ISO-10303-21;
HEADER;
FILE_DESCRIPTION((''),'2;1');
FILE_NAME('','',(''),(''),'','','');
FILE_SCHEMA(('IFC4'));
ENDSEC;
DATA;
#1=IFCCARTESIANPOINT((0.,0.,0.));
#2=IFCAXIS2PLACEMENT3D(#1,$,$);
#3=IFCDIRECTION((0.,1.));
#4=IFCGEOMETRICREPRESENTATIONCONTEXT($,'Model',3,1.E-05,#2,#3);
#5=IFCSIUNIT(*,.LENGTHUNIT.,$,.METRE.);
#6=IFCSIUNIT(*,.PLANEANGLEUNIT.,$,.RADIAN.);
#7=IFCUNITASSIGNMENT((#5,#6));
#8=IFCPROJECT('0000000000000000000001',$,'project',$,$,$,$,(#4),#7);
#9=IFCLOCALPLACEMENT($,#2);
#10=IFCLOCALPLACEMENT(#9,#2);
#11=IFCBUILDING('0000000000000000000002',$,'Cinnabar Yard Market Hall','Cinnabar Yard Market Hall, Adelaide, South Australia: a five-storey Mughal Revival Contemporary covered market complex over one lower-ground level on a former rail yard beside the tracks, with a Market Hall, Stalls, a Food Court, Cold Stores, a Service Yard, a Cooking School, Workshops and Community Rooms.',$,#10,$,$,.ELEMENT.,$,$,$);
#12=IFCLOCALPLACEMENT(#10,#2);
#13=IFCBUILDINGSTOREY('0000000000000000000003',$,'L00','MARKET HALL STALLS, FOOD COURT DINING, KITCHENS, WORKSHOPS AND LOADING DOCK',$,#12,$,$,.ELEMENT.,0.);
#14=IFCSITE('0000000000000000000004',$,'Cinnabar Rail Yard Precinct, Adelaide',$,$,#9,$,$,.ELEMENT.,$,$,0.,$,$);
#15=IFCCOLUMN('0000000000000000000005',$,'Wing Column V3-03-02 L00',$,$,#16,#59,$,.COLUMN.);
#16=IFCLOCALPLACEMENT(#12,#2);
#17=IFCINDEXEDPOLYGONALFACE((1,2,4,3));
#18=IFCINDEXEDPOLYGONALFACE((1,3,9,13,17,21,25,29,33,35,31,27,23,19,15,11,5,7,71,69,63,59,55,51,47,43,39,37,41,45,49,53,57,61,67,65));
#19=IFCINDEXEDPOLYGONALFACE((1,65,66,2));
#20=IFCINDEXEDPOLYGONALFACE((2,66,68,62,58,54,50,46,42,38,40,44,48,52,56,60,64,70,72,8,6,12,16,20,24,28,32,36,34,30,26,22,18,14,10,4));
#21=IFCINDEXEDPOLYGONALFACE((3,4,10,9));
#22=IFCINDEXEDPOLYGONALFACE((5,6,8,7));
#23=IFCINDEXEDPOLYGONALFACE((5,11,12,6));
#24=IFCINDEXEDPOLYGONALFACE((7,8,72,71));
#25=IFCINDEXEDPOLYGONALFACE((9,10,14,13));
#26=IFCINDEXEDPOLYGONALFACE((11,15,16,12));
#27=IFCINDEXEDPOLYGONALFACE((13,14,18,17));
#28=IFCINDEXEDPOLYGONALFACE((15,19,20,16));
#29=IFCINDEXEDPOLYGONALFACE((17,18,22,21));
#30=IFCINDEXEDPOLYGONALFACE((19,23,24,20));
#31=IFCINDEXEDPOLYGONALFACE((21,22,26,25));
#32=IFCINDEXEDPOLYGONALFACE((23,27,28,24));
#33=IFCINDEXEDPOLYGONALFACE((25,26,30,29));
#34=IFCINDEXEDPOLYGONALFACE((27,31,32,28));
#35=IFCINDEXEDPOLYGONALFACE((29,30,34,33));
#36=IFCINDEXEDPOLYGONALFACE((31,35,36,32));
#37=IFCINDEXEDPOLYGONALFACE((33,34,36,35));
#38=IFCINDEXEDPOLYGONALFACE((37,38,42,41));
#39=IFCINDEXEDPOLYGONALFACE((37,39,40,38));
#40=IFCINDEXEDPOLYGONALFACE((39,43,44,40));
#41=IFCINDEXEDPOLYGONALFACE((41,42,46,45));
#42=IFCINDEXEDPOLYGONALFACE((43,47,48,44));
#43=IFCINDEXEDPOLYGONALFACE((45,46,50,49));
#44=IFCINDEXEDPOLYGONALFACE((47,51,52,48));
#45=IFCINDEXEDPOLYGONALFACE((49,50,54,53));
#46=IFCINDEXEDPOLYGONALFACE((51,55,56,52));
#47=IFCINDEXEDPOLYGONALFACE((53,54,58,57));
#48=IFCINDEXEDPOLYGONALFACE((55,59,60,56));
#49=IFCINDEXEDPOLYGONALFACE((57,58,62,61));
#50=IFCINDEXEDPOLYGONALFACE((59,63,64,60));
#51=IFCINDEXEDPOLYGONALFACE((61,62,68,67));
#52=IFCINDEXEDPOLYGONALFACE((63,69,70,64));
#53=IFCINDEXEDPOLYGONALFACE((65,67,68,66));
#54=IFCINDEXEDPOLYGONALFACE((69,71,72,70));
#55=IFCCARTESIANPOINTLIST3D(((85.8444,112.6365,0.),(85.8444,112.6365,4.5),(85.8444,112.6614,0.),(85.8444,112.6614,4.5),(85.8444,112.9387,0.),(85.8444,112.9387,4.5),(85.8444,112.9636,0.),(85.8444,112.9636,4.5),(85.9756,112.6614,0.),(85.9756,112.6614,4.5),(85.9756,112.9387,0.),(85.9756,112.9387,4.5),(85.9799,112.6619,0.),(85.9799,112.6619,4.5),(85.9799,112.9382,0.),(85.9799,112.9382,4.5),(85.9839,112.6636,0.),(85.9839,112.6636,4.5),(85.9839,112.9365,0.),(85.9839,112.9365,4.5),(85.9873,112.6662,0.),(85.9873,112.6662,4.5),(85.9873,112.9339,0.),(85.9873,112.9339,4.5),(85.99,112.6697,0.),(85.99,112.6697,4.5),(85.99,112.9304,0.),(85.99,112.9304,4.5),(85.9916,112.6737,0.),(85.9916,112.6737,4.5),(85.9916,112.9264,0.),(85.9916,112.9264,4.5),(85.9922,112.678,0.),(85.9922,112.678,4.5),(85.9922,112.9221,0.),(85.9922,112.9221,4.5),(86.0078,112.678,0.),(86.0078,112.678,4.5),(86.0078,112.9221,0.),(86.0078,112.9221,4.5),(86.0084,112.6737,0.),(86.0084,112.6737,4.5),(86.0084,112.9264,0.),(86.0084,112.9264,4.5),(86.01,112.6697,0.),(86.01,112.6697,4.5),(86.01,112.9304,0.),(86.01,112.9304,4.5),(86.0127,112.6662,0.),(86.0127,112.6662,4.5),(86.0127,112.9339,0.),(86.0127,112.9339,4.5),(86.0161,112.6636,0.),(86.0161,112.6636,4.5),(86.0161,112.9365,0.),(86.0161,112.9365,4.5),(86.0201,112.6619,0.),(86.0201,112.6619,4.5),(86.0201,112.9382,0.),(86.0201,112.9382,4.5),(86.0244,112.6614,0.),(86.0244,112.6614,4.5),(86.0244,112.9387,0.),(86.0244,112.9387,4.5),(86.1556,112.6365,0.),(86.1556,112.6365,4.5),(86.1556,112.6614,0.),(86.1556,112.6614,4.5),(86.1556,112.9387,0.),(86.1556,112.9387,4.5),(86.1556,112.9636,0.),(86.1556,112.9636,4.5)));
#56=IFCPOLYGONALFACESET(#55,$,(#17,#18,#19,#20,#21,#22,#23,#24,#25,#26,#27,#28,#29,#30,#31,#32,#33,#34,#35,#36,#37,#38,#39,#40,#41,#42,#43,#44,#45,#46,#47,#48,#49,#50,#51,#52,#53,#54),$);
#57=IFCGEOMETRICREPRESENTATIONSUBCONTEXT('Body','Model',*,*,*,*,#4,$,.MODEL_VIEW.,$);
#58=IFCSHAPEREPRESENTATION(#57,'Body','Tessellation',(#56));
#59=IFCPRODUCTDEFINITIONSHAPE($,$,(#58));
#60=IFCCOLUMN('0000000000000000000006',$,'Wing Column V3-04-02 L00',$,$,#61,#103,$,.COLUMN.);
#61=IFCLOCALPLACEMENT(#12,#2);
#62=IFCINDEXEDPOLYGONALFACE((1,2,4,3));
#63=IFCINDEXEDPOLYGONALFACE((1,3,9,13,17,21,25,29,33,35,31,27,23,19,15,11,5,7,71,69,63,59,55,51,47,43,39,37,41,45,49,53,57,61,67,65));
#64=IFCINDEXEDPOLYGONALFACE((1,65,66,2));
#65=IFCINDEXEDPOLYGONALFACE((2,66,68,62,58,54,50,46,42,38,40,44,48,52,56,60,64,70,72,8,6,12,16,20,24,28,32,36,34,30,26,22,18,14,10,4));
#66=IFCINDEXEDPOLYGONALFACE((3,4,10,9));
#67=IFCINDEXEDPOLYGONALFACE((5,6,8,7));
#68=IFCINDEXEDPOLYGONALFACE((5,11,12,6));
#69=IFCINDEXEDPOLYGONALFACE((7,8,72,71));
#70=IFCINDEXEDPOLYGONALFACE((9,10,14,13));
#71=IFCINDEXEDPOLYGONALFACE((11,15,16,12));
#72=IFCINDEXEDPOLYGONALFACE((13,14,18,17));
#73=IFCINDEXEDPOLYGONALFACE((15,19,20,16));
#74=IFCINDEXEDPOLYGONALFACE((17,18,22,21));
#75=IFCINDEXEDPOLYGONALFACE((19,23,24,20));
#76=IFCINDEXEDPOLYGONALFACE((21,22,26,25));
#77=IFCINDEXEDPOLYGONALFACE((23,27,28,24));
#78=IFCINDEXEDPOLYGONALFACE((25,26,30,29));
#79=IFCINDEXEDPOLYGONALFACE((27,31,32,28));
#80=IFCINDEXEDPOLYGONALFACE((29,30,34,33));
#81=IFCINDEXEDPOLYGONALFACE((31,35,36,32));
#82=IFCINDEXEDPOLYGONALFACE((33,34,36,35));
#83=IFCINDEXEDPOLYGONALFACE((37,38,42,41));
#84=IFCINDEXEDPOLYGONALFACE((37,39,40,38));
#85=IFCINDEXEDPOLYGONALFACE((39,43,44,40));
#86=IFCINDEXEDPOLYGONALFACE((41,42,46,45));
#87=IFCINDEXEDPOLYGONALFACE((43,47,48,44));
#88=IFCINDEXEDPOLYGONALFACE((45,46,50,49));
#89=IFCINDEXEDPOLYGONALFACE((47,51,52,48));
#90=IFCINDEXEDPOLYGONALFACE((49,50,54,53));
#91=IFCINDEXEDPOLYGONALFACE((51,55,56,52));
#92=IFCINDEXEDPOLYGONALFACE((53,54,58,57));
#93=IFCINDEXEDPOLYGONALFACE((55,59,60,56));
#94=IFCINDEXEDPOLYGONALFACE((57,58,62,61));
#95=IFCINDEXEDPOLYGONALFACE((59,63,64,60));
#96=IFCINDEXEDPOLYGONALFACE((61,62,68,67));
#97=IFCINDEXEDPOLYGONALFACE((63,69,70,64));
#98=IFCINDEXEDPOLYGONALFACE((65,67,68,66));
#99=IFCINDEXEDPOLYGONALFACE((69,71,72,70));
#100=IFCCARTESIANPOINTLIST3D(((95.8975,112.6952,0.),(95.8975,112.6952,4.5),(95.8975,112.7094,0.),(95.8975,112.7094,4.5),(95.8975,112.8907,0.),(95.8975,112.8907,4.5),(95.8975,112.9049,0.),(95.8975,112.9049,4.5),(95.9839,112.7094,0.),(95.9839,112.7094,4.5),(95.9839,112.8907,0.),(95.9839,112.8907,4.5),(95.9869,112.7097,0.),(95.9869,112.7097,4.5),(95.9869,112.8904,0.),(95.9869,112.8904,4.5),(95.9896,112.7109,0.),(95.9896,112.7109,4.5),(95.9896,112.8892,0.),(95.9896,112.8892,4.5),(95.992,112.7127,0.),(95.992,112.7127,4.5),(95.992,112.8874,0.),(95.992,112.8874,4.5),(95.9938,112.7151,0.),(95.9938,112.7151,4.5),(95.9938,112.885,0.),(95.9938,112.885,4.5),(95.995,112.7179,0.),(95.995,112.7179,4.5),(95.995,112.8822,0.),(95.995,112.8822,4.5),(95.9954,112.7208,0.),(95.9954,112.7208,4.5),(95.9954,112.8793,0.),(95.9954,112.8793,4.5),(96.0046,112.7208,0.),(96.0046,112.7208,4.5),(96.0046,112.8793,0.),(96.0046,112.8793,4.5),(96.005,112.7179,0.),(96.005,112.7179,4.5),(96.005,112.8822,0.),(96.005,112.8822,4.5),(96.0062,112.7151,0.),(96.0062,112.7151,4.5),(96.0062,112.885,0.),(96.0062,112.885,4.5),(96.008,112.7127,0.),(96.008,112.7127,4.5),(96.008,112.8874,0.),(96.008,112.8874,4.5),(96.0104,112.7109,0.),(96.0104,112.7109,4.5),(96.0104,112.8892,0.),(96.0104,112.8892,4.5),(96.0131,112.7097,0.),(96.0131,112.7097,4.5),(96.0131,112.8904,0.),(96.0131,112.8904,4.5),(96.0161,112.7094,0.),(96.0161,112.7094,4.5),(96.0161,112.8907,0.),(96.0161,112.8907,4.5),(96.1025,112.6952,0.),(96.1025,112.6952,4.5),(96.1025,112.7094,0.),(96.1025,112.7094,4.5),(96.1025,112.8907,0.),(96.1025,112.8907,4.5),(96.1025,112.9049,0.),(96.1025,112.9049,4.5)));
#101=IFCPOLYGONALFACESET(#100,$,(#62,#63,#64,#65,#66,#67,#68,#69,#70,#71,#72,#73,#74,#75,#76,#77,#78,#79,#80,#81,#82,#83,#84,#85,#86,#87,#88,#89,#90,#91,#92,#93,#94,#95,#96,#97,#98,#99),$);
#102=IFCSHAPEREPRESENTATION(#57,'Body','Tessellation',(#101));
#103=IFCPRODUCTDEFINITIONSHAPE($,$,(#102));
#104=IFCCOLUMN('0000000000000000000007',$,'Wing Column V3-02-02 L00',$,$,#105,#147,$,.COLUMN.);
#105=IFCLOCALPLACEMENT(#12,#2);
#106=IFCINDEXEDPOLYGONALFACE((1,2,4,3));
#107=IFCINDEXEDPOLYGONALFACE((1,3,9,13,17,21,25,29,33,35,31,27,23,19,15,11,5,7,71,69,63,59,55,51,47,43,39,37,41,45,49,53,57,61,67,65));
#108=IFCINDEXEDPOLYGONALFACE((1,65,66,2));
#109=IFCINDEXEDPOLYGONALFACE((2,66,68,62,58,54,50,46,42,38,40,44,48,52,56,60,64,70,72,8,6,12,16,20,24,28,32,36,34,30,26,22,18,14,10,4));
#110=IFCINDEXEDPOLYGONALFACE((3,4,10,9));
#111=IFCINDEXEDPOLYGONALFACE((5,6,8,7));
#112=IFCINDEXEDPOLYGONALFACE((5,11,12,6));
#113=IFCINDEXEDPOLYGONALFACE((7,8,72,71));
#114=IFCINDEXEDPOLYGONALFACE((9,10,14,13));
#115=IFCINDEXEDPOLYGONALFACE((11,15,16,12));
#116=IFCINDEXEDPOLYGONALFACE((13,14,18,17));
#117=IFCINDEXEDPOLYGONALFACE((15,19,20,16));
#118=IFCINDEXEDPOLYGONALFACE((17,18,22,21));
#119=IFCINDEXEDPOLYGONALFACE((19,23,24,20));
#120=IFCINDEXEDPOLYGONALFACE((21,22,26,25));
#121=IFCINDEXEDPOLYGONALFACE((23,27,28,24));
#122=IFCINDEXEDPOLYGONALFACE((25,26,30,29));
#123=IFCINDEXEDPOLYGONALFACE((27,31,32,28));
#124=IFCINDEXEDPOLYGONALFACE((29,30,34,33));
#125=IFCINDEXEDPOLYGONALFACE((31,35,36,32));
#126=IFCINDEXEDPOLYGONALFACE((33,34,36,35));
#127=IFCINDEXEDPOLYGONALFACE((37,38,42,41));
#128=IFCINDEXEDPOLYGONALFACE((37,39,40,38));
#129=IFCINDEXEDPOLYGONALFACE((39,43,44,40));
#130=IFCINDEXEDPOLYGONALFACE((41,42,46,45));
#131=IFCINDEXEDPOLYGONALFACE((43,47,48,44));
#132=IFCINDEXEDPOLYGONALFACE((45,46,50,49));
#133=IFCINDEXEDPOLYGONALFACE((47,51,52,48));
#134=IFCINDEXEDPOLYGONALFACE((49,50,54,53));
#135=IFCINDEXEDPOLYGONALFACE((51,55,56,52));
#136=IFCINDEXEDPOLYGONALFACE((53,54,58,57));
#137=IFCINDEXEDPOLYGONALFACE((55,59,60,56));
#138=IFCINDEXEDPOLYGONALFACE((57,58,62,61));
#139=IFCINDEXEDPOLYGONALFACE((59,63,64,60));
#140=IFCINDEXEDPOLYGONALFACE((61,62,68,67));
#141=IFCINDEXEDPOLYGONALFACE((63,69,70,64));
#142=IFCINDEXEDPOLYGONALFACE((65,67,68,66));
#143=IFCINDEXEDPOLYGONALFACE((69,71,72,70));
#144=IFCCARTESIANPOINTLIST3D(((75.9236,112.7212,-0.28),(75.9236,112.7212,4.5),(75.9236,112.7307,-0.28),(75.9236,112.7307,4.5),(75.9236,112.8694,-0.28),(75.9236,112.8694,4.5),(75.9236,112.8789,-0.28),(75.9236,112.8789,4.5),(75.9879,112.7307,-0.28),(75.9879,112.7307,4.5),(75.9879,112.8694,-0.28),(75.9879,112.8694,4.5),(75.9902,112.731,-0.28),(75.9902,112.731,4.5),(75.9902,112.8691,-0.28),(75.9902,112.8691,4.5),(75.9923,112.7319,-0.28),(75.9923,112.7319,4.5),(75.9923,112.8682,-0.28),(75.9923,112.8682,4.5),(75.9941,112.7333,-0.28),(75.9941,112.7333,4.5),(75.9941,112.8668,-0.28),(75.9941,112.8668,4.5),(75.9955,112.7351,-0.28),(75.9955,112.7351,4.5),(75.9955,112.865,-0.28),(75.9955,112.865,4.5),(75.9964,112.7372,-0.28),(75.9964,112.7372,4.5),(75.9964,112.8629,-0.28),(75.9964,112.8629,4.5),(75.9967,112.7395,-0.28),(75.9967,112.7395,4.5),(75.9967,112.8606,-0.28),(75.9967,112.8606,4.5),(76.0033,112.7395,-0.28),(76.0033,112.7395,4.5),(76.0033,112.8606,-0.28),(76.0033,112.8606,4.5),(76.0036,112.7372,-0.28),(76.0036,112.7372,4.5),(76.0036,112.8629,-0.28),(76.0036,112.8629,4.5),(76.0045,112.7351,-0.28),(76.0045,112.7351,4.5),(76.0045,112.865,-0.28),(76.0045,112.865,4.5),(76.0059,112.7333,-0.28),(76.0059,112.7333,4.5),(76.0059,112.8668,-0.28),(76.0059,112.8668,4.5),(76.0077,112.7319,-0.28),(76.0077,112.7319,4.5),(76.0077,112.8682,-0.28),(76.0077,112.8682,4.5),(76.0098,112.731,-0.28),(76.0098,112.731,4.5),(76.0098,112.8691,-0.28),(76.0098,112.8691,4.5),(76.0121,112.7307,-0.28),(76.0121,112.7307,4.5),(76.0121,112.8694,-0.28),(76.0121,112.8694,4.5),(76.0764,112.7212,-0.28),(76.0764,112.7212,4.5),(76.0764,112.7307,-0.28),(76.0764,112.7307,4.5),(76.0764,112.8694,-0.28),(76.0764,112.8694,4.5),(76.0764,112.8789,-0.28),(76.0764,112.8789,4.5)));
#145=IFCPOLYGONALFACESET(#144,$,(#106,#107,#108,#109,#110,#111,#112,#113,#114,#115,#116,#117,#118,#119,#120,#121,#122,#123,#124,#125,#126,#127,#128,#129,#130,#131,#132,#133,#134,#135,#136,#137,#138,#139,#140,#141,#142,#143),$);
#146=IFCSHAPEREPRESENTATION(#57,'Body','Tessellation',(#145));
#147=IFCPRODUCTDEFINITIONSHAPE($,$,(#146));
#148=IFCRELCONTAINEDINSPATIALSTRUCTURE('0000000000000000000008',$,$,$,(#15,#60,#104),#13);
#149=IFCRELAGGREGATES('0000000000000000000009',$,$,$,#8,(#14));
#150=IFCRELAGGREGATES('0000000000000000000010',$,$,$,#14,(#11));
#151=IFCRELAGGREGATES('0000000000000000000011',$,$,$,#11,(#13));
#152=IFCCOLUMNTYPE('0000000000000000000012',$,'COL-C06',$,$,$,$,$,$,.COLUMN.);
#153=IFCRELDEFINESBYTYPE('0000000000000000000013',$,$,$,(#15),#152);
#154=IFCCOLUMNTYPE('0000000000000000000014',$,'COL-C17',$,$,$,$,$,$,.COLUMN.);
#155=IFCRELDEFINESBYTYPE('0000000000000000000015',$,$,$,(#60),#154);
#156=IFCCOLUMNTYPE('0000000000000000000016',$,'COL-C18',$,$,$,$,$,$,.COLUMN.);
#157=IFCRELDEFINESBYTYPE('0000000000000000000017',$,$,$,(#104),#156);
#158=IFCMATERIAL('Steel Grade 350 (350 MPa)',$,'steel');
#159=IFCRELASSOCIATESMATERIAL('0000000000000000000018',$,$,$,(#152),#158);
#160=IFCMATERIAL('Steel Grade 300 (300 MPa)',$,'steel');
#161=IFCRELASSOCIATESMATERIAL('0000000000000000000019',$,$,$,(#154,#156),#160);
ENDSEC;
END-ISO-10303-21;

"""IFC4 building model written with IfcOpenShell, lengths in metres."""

from ifc_helpers import new_model, si_unit, direction, frame, origin, origin_2d_with_axis, place, context, subcontext, project, spatial, i_section, extrude, material, material_profile, profile_set, type_object, element, save


model = new_model("IFC4")

# Units and contexts
model_context = context("Model", 3, precision=1e-05, world=origin(), true_north=direction((0.0, 1.0)))
body_context = subcontext(model_context, "Body", "Model", "MODEL_VIEW")
ifc_project = project(units=[si_unit("LENGTHUNIT", "METRE"), si_unit("PLANEANGLEUNIT", "RADIAN")], contexts=[model_context])

# Site, building, storey
site_placement = place(None, origin())
site = spatial("IfcSite", under=ifc_project, at=site_placement, Name="Cinnabar Rail Yard Precinct, Adelaide", CompositionType="ELEMENT", RefElevation=0.0)
building_placement = place(site_placement, origin())
building = spatial("IfcBuilding", under=site, at=building_placement, Name="Cinnabar Yard Market Hall", Description="Cinnabar Yard Market Hall, Adelaide, South Australia: a five-storey Mughal Revival Contemporary covered market complex over one lower-ground level on a former rail yard beside the tracks, with a Market Hall, Stalls, a Food Court, Cold Stores, a Service Yard, a Cooking School, Workshops and Community Rooms.", CompositionType="ELEMENT")
storey_placement = place(building_placement, origin())
storey = spatial("IfcBuildingStorey", under=building, at=storey_placement, Name="L00", Description="MARKET HALL STALLS, FOOD COURT DINING, KITCHENS, WORKSHOPS AND LOADING DOCK", CompositionType="ELEMENT", Elevation=0.0)

# Columns
ifc_material_1 = material(Name="Steel Grade 350 (350 MPa)", Category="steel")
ifc_material_profile_1 = material_profile(ifc_material_1, i_section(OverallWidth=0.3113, OverallDepth=0.3271, WebThickness=0.0156, FlangeThickness=0.0249, FilletRadius=0.0166, at=origin_2d_with_axis()), Name="310UC158")
ifc_profile_set_1 = profile_set([ifc_material_profile_1], Name="Steel Grade 350 (350 MPa)")
column_type_1 = type_object("IfcColumnType", Name="COL-C06", PredefinedType="COLUMN", material=ifc_profile_set_1)
column_1_placement = place(storey_placement, frame((86.0, 112.8, 0.0), z_axis=(0.0, 0.0, 1.0), x_axis=(1.0, 0.0, 0.0)))
element("IfcColumn", 1, at=column_1_placement, inside=storey, type_object=column_type_1, Name="Wing Column V3-03-02 L00", PredefinedType="COLUMN", context=body_context, shape_type="SweptSolid", body=[
    extrude(i_section(OverallWidth=0.3113, OverallDepth=0.3271, WebThickness=0.0156, FlangeThickness=0.0249, FilletRadius=0.0166, at=origin_2d_with_axis()), origin(), (0.0, 0.0, 1.0), 4.5),
])
ifc_material_2 = material(Name="Steel Grade 300 (300 MPa)", Category="steel")
ifc_material_profile_2 = material_profile(ifc_material_2, i_section(OverallWidth=0.2051, OverallDepth=0.2097, WebThickness=0.0093, FlangeThickness=0.0142, FilletRadius=0.0115, at=origin_2d_with_axis()), Name="200UC59.5")
ifc_profile_set_2 = profile_set([ifc_material_profile_2], Name="Steel Grade 300 (300 MPa)")
column_type_2 = type_object("IfcColumnType", Name="COL-C17", PredefinedType="COLUMN", material=ifc_profile_set_2)
column_2_placement = place(storey_placement, frame((96.0, 112.8, 0.0), z_axis=(0.0, 0.0, 1.0), x_axis=(1.0, 0.0, 0.0)))
element("IfcColumn", 2, at=column_2_placement, inside=storey, type_object=column_type_2, Name="Wing Column V3-04-02 L00", PredefinedType="COLUMN", context=body_context, shape_type="SweptSolid", body=[
    extrude(i_section(OverallWidth=0.2051, OverallDepth=0.2097, WebThickness=0.0093, FlangeThickness=0.0142, FilletRadius=0.0115, at=origin_2d_with_axis()), origin(), (0.0, 0.0, 1.0), 4.5),
])
ifc_material_profile_3 = material_profile(ifc_material_2, i_section(OverallWidth=0.1528, OverallDepth=0.1577, WebThickness=0.0066, FlangeThickness=0.0095, FilletRadius=0.0088, at=origin_2d_with_axis()), Name="150UC30.0")
ifc_profile_set_3 = profile_set([ifc_material_profile_3], Name="Steel Grade 300 (300 MPa)")
column_type_3 = type_object("IfcColumnType", Name="COL-C18", PredefinedType="COLUMN", material=ifc_profile_set_3)
column_3_placement = place(storey_placement, frame((76.0, 112.8, -0.28), z_axis=(0.0, 0.0, 1.0), x_axis=(1.0, 0.0, 0.0)))
element("IfcColumn", 3, at=column_3_placement, inside=storey, type_object=column_type_3, Name="Wing Column V3-02-02 L00", PredefinedType="COLUMN", context=body_context, shape_type="SweptSolid", body=[
    extrude(i_section(OverallWidth=0.1528, OverallDepth=0.1577, WebThickness=0.0066, FlangeThickness=0.0095, FilletRadius=0.0088, at=origin_2d_with_axis()), origin(), (0.0, 0.0, 1.0), 4.78),
])

save(model, "model.ifc")
